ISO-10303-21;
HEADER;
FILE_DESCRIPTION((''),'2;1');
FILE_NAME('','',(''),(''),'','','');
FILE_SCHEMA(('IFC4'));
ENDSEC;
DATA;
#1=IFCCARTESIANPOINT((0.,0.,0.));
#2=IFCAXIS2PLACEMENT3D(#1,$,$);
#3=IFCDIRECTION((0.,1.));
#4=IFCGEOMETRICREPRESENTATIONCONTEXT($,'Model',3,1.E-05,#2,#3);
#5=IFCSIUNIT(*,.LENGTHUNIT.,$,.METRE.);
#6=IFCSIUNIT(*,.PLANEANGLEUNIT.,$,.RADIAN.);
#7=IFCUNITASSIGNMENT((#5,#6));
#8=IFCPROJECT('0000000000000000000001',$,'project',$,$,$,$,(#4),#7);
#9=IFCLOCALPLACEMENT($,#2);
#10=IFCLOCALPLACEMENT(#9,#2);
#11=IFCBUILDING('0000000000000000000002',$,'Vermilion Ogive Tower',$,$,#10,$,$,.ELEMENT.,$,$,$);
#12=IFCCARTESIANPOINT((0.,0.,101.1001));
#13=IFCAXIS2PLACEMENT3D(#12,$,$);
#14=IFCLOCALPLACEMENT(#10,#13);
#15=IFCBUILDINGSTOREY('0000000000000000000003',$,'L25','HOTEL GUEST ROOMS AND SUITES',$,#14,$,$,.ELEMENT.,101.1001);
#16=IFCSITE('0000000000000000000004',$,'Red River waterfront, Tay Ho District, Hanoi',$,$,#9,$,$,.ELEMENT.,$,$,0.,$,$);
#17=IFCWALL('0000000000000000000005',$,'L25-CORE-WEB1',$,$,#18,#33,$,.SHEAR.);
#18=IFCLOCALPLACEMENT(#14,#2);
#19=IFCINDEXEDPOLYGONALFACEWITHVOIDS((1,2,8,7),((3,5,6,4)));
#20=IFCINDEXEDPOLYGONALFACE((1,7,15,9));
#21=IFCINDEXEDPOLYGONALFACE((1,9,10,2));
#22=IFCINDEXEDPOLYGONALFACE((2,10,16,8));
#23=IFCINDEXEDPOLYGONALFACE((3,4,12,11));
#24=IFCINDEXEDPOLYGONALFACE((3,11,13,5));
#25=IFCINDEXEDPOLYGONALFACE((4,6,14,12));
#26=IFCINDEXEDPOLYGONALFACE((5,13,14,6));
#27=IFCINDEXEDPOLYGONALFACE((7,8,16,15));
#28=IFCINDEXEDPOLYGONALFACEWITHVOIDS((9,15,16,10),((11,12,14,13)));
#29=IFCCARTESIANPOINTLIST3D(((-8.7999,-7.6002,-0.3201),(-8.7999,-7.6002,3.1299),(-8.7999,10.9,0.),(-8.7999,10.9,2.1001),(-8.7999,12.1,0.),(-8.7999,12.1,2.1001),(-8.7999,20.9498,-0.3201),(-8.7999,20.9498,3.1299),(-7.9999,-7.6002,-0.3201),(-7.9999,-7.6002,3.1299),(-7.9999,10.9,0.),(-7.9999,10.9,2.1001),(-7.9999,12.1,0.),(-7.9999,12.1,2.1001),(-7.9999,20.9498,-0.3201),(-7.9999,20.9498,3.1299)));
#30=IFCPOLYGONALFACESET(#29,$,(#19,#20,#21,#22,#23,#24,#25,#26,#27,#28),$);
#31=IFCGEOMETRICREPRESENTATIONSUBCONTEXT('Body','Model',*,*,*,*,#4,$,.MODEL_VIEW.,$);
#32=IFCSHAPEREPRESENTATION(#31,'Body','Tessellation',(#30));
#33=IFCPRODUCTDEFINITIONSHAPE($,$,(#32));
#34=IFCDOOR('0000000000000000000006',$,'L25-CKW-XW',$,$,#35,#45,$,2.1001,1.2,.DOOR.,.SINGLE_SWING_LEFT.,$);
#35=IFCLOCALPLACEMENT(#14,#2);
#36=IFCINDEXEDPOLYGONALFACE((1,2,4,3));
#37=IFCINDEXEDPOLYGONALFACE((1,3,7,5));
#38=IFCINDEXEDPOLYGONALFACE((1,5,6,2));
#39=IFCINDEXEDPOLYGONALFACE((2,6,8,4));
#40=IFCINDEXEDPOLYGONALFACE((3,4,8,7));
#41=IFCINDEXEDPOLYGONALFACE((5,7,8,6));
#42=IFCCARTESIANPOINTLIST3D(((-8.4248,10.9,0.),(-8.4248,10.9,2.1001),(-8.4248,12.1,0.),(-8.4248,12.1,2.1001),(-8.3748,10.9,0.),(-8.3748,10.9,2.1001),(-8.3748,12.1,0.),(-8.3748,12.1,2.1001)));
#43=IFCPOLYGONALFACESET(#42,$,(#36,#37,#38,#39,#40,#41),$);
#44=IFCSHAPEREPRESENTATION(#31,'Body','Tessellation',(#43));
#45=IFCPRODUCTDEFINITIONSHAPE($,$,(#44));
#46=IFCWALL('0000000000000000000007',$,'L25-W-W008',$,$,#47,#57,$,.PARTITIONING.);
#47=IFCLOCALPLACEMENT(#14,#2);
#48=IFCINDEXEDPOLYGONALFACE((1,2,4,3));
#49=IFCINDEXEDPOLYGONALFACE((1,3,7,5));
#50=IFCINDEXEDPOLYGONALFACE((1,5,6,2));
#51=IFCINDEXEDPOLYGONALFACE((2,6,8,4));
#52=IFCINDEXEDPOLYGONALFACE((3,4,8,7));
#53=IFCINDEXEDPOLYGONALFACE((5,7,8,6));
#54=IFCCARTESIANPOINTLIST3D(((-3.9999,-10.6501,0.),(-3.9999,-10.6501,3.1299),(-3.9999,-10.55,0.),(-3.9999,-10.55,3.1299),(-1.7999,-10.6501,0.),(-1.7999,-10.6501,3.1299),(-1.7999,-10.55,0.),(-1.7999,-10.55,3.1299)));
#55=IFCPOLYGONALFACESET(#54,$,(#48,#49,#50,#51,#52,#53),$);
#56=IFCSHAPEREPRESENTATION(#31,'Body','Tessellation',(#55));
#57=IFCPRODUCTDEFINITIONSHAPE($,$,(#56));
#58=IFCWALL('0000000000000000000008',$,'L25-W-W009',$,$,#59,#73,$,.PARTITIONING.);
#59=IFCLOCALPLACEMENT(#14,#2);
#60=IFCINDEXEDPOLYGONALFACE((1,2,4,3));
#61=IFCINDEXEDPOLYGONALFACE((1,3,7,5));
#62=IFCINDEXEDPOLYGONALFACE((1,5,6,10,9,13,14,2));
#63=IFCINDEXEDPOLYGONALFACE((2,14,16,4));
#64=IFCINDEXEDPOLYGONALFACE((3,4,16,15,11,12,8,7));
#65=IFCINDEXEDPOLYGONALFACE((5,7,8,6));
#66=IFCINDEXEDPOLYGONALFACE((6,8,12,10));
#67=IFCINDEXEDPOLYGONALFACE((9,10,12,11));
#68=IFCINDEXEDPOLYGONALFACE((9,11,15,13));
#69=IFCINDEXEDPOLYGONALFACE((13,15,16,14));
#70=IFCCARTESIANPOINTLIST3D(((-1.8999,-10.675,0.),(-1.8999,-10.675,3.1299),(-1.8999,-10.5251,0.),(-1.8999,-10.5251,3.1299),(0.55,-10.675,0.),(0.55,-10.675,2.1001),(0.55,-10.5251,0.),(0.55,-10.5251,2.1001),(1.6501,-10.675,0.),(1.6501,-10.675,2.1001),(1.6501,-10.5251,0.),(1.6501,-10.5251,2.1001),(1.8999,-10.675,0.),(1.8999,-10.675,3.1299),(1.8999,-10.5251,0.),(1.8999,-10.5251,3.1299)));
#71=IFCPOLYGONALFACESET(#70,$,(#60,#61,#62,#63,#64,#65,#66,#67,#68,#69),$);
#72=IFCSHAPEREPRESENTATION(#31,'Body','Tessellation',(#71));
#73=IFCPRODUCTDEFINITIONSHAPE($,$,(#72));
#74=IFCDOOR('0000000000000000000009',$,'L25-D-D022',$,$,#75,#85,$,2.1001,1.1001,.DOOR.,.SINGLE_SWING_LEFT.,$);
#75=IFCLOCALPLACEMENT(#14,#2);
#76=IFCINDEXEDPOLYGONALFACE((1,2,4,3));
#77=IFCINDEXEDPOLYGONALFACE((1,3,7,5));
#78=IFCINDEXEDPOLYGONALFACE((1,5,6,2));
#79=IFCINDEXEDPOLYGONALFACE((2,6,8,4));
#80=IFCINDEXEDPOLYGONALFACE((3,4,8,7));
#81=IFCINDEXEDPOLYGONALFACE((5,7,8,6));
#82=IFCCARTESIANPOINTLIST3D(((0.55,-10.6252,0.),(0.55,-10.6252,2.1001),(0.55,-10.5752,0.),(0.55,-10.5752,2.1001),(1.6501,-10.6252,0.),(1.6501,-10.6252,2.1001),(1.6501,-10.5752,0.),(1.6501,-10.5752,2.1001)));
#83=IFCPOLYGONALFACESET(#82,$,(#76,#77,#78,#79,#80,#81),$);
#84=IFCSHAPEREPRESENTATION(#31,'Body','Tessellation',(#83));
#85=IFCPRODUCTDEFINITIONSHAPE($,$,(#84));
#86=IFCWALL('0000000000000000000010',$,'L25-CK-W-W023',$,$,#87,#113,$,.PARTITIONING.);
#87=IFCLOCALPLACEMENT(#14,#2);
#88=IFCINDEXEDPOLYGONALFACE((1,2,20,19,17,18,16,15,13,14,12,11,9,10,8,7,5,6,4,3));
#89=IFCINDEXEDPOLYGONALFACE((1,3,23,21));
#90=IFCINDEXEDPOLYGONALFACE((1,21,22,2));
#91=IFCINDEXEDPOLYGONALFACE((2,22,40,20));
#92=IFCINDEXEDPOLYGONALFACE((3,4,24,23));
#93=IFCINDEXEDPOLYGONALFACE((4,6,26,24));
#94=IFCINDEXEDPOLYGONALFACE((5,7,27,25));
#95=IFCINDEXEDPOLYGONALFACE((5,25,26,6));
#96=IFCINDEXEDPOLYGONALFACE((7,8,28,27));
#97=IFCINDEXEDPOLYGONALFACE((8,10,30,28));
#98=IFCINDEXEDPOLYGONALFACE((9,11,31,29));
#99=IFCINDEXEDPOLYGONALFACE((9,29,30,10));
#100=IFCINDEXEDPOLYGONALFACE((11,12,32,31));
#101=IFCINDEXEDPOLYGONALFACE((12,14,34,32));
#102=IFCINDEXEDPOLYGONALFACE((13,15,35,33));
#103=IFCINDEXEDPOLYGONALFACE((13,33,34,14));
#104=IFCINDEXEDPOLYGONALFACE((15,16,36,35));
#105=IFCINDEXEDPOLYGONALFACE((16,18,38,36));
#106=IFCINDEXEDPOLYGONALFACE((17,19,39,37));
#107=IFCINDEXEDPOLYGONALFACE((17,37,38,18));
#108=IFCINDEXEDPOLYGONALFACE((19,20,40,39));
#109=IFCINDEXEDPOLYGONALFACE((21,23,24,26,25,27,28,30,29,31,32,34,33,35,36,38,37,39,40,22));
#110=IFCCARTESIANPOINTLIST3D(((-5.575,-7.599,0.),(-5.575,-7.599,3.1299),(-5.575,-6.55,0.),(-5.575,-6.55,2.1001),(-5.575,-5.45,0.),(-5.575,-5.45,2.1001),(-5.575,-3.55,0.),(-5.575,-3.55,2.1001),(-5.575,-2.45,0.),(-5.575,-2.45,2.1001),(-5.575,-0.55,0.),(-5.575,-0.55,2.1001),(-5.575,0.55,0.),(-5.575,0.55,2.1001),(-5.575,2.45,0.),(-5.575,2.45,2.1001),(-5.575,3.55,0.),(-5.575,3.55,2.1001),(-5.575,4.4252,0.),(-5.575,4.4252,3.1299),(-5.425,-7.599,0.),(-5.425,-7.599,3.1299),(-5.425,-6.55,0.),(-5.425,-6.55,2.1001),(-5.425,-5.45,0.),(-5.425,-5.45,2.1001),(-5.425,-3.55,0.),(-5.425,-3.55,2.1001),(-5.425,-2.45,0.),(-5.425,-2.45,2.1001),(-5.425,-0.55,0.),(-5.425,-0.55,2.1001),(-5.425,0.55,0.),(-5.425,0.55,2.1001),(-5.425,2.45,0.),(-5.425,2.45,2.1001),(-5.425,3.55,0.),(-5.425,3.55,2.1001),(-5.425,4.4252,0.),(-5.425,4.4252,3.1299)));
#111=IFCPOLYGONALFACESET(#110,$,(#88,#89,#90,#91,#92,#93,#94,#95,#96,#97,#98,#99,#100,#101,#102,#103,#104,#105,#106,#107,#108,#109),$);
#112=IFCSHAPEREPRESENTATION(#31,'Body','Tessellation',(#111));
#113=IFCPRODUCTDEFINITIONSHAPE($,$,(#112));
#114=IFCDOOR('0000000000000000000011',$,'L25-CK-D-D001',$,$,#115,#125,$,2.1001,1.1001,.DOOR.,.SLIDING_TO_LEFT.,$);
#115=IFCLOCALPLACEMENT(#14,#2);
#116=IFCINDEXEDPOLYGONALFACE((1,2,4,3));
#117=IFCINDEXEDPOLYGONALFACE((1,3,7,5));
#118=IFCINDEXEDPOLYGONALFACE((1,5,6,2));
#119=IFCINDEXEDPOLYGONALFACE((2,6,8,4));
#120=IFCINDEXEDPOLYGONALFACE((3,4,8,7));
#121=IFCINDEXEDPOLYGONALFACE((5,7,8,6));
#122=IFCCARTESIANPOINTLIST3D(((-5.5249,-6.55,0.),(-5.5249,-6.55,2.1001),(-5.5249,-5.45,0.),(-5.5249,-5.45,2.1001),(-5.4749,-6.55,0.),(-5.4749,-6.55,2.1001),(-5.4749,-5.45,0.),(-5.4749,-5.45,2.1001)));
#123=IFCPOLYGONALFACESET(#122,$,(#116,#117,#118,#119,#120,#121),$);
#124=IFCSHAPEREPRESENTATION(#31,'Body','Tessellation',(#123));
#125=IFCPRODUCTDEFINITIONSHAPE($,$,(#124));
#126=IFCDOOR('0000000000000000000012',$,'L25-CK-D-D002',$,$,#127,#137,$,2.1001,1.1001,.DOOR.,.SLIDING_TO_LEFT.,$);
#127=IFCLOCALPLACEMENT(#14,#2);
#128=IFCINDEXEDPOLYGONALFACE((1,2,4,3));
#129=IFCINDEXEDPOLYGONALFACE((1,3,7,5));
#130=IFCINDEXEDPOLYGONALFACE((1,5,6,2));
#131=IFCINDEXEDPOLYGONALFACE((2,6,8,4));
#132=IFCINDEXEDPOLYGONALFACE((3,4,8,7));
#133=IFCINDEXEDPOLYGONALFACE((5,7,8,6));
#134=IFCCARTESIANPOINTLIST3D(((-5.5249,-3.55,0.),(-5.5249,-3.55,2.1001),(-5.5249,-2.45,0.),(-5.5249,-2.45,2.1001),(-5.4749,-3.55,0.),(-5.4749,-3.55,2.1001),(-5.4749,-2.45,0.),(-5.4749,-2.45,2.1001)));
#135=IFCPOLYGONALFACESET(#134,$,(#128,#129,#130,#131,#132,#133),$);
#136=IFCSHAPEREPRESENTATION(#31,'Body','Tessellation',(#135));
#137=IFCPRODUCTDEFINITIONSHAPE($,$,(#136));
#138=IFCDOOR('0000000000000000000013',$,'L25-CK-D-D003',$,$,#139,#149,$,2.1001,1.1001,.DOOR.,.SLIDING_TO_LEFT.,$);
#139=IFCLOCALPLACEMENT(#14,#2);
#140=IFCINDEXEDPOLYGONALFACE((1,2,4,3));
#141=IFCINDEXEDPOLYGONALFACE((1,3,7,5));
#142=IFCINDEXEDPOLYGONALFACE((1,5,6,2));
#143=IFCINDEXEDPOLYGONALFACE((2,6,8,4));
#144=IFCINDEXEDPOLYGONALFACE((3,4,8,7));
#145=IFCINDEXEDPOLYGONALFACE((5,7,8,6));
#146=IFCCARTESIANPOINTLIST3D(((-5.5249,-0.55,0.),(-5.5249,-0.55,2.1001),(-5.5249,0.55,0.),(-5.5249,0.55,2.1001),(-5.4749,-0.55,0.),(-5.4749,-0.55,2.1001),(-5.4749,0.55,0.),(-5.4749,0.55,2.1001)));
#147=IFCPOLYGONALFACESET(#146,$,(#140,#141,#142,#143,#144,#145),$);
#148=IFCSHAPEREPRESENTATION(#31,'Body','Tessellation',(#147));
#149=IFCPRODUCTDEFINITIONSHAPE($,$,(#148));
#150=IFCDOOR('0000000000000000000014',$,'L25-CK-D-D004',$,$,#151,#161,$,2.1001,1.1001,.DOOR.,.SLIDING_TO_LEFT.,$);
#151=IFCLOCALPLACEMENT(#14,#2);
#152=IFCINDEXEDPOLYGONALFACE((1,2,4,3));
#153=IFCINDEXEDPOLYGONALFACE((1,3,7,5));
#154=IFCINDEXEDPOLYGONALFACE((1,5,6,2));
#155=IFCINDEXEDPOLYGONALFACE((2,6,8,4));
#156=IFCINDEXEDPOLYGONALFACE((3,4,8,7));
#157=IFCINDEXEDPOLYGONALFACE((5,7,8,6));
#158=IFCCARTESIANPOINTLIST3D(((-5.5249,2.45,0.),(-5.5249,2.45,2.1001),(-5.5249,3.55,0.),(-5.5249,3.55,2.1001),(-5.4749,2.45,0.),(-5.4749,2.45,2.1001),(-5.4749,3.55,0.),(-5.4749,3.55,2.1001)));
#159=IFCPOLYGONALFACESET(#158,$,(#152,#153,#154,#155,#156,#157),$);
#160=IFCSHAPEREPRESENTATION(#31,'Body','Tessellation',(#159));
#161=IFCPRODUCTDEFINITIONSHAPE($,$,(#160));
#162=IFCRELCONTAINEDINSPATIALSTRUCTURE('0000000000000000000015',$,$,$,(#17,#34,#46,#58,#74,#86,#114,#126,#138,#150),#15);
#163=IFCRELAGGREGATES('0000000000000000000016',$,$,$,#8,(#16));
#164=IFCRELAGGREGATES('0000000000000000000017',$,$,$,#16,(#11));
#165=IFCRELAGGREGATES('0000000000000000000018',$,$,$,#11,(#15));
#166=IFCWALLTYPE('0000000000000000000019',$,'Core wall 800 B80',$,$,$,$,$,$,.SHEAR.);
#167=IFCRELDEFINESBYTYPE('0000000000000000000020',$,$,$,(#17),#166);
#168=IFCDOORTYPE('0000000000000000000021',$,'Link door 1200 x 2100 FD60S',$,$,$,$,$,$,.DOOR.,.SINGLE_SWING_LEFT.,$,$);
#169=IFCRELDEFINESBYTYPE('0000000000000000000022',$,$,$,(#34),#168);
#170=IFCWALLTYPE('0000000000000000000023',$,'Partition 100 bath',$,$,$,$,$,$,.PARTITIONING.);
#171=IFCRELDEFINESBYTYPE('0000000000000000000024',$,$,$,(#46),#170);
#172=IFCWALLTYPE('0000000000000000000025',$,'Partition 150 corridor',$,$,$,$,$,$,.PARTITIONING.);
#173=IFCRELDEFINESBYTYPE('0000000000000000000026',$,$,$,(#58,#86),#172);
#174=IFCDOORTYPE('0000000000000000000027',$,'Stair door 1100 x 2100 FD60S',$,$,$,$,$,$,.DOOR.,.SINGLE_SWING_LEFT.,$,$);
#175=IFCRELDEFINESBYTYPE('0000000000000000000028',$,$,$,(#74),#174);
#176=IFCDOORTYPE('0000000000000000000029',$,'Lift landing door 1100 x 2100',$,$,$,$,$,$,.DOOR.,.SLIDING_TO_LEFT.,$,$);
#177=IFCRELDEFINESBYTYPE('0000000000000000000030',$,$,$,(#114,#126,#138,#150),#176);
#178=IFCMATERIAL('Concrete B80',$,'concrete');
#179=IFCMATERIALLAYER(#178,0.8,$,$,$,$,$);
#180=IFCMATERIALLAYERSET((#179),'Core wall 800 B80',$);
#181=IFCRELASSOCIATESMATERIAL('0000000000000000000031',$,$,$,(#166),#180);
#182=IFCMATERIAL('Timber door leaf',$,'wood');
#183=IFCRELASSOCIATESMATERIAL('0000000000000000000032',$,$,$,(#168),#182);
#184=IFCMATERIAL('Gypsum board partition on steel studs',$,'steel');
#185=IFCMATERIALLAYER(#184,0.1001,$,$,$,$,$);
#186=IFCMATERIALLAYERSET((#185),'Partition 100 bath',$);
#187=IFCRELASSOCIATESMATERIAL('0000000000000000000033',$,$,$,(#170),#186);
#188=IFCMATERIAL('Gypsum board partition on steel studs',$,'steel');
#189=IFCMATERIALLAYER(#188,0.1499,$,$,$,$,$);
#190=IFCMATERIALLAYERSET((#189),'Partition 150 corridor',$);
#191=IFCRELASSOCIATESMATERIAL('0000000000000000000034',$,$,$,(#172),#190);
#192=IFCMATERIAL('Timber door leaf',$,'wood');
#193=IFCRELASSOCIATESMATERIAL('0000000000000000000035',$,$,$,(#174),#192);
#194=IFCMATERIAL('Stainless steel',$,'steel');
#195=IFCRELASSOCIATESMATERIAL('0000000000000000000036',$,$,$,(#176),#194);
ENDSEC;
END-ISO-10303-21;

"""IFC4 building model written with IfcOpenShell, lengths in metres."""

from ifc_helpers import new_model, si_unit, direction, frame, frame_2d, origin, place, context, subcontext, project, spatial, rectangle, extrude, material, layer, layer_set, type_object, element, fill, save


model = new_model("IFC4")

# Units and contexts
model_context = context("Model", 3, precision=1e-05, world=origin(), true_north=direction((0.0, 1.0)))
body_context = subcontext(model_context, "Body", "Model", "MODEL_VIEW")
ifc_project = project(units=[si_unit("LENGTHUNIT", "METRE"), si_unit("PLANEANGLEUNIT", "RADIAN")], contexts=[model_context])

# Site, building, storey
site_placement = place(None, origin())
site = spatial("IfcSite", under=ifc_project, at=site_placement, Name="Red River waterfront, Tay Ho District, Hanoi", CompositionType="ELEMENT", RefElevation=0.0)
building_placement = place(site_placement, origin())
building = spatial("IfcBuilding", under=site, at=building_placement, Name="Vermilion Ogive Tower", CompositionType="ELEMENT")
storey_placement = place(building_placement, frame((0.0, 0.0, 101.1001)))
storey = spatial("IfcBuildingStorey", under=building, at=storey_placement, Name="L25", Description="HOTEL GUEST ROOMS AND SUITES", CompositionType="ELEMENT", Elevation=101.1001)

# Wall, opening, door
ifc_material_1 = material(Name="Concrete B80", Category="concrete")
ifc_layer_1 = layer(ifc_material_1, 0.8)
ifc_layer_set_1 = layer_set([ifc_layer_1], Name="Core wall 800 B80")
wall_type_1 = type_object("IfcWallType", Name="Core wall 800 B80", PredefinedType="SHEAR", material=ifc_layer_set_1)
wall_1_placement = place(storey_placement, frame((-8.3999, -7.6001, -0.3201), z_axis=(0.0, 0.0, 1.0), x_axis=(0.0, 1.0, 0.0)))
wall_1 = element("IfcWall", 1, at=wall_1_placement, inside=storey, type_object=wall_type_1, Name="L25-CORE-WEB1", PredefinedType="SHEAR", context=body_context, shape_type="SweptSolid", body=[
    extrude(rectangle(XDim=28.55, YDim=0.8, at=frame_2d((14.2749, 0.0))), origin(), (0.0, 0.0, 1.0), 3.45),
])
opening_1_placement = place(wall_1_placement, frame((18.5, 0.0, 0.3201)))
opening_1 = element("IfcOpeningElement", 2, at=opening_1_placement, cuts=wall_1, PredefinedType="OPENING", context=body_context, shape_type="SweptSolid", body=[
    extrude(rectangle(XDim=1.2, YDim=2.1001, at=frame_2d((0.6001, 1.05))), frame((0.0, 0.4099, 0.0), z_axis=(0.0, -1.0, 0.0), x_axis=(1.0, 0.0, 0.0)), (0.0, 0.0, 1.0), 0.8201),
])
ifc_material_2 = material(Name="Timber door leaf", Category="wood")
door_type_1 = type_object("IfcDoorType", Name="Link door 1200 x 2100 FD60S", OperationType="SINGLE_SWING_LEFT", PredefinedType="DOOR", material=ifc_material_2)
door_1_placement = place(opening_1_placement, origin())
door_1 = element("IfcDoor", 3, at=door_1_placement, inside=storey, type_object=door_type_1, Name="L25-CKW-XW", OperationType="SINGLE_SWING_LEFT", OverallHeight=2.1001, OverallWidth=1.2, PredefinedType="DOOR", context=body_context, shape_type="SweptSolid", body=[
    extrude(rectangle(XDim=1.2, YDim=2.1001, at=frame_2d((0.6001, 1.05))), frame((0.0, 0.0249, 0.0), z_axis=(0.0, -1.0, 0.0), x_axis=(1.0, 0.0, 0.0)), (0.0, 0.0, 1.0), 0.05),
])
fill(opening_1, door_1)

# Wall
ifc_material_3 = material(Name="Gypsum board partition on steel studs", Category="steel")
ifc_layer_2 = layer(ifc_material_3, 0.1001)
ifc_layer_set_2 = layer_set([ifc_layer_2], Name="Partition 100 bath")
wall_type_2 = type_object("IfcWallType", Name="Partition 100 bath", PredefinedType="PARTITIONING", material=ifc_layer_set_2)
wall_2_placement = place(storey_placement, frame((-4.0, -10.6001, 0.0), z_axis=(0.0, 0.0, 1.0), x_axis=(1.0, 0.0, 0.0)))
element("IfcWall", 4, at=wall_2_placement, inside=storey, type_object=wall_type_2, Name="L25-W-W008", PredefinedType="PARTITIONING", context=body_context, shape_type="SweptSolid", body=[
    extrude(rectangle(XDim=2.2, YDim=0.1001, at=frame_2d((1.1001, 0.0))), origin(), (0.0, 0.0, 1.0), 3.1299),
])

# Wall, opening, door
ifc_material_4 = material(Name="Gypsum board partition on steel studs", Category="steel")
ifc_layer_3 = layer(ifc_material_4, 0.1499)
ifc_layer_set_3 = layer_set([ifc_layer_3], Name="Partition 150 corridor")
wall_type_3 = type_object("IfcWallType", Name="Partition 150 corridor", PredefinedType="PARTITIONING", material=ifc_layer_set_3)
wall_3_placement = place(storey_placement, frame((-1.8999, -10.6001, 0.0), z_axis=(0.0, 0.0, 1.0), x_axis=(1.0, 0.0, 0.0)))
wall_3 = element("IfcWall", 5, at=wall_3_placement, inside=storey, type_object=wall_type_3, Name="L25-W-W009", PredefinedType="PARTITIONING", context=body_context, shape_type="SweptSolid", body=[
    extrude(rectangle(XDim=3.7998, YDim=0.1499, at=frame_2d((1.8999, 0.0))), origin(), (0.0, 0.0, 1.0), 3.1299),
])
opening_2_placement = place(wall_3_placement, frame((2.45, 0.0, 0.0)))
opening_2 = element("IfcOpeningElement", 6, at=opening_2_placement, cuts=wall_3, PredefinedType="OPENING", context=body_context, shape_type="SweptSolid", body=[
    extrude(rectangle(XDim=1.1001, YDim=2.1001, at=frame_2d((0.55, 1.05))), frame((0.0, 0.085, 0.0), z_axis=(0.0, -1.0, 0.0), x_axis=(1.0, 0.0, 0.0)), (0.0, 0.0, 1.0), 0.1699),
])
ifc_material_5 = material(Name="Timber door leaf", Category="wood")
door_type_2 = type_object("IfcDoorType", Name="Stair door 1100 x 2100 FD60S", OperationType="SINGLE_SWING_LEFT", PredefinedType="DOOR", material=ifc_material_5)
door_2_placement = place(opening_2_placement, origin())
door_2 = element("IfcDoor", 7, at=door_2_placement, inside=storey, type_object=door_type_2, Name="L25-D-D022", OperationType="SINGLE_SWING_LEFT", OverallHeight=2.1001, OverallWidth=1.1001, PredefinedType="DOOR", context=body_context, shape_type="SweptSolid", body=[
    extrude(rectangle(XDim=1.1001, YDim=2.1001, at=frame_2d((0.55, 1.05))), frame((0.0, 0.0249, 0.0), z_axis=(0.0, -1.0, 0.0), x_axis=(1.0, 0.0, 0.0)), (0.0, 0.0, 1.0), 0.05),
])
fill(opening_2, door_2)

# Wall, openings, doors
wall_4_placement = place(storey_placement, frame((-5.5, -7.5991, 0.0), z_axis=(0.0, 0.0, 1.0), x_axis=(0.0, 1.0, 0.0)))
wall_4 = element("IfcWall", 8, at=wall_4_placement, inside=storey, type_object=wall_type_3, Name="L25-CK-W-W023", PredefinedType="PARTITIONING", context=body_context, shape_type="SweptSolid", body=[
    extrude(rectangle(XDim=12.0242, YDim=0.1499, at=frame_2d((6.0122, 0.0))), origin(), (0.0, 0.0, 1.0), 3.1299),
])
opening_3_placement = place(wall_4_placement, frame((1.0491, 0.0, 0.0)))
opening_3 = element("IfcOpeningElement", 9, at=opening_3_placement, cuts=wall_4, PredefinedType="OPENING", context=body_context, shape_type="SweptSolid", body=[
    extrude(rectangle(XDim=1.1001, YDim=2.1001, at=frame_2d((0.55, 1.05))), frame((0.0, 0.085, 0.0), z_axis=(0.0, -1.0, 0.0), x_axis=(1.0, 0.0, 0.0)), (0.0, 0.0, 1.0), 0.1699),
])
opening_4_placement = place(wall_4_placement, frame((4.0491, 0.0, 0.0)))
opening_4 = element("IfcOpeningElement", 10, at=opening_4_placement, cuts=wall_4, PredefinedType="OPENING", context=body_context, shape_type="SweptSolid", body=[
    extrude(rectangle(XDim=1.1001, YDim=2.1001, at=frame_2d((0.55, 1.05))), frame((0.0, 0.085, 0.0), z_axis=(0.0, -1.0, 0.0), x_axis=(1.0, 0.0, 0.0)), (0.0, 0.0, 1.0), 0.1699),
])
opening_5_placement = place(wall_4_placement, frame((7.0491, 0.0, 0.0)))
opening_5 = element("IfcOpeningElement", 11, at=opening_5_placement, cuts=wall_4, PredefinedType="OPENING", context=body_context, shape_type="SweptSolid", body=[
    extrude(rectangle(XDim=1.1001, YDim=2.1001, at=frame_2d((0.55, 1.05))), frame((0.0, 0.085, 0.0), z_axis=(0.0, -1.0, 0.0), x_axis=(1.0, 0.0, 0.0)), (0.0, 0.0, 1.0), 0.1699),
])
opening_6_placement = place(wall_4_placement, frame((10.0491, 0.0, 0.0)))
opening_6 = element("IfcOpeningElement", 12, at=opening_6_placement, cuts=wall_4, PredefinedType="OPENING", context=body_context, shape_type="SweptSolid", body=[
    extrude(rectangle(XDim=1.1001, YDim=2.1001, at=frame_2d((0.55, 1.05))), frame((0.0, 0.085, 0.0), z_axis=(0.0, -1.0, 0.0), x_axis=(1.0, 0.0, 0.0)), (0.0, 0.0, 1.0), 0.1699),
])
ifc_material_6 = material(Name="Stainless steel", Category="steel")
door_type_3 = type_object("IfcDoorType", Name="Lift landing door 1100 x 2100", OperationType="SLIDING_TO_LEFT", PredefinedType="DOOR", material=ifc_material_6)
door_3_placement = place(opening_3_placement, origin())
door_3 = element("IfcDoor", 13, at=door_3_placement, inside=storey, type_object=door_type_3, Name="L25-CK-D-D001", OperationType="SLIDING_TO_LEFT", OverallHeight=2.1001, OverallWidth=1.1001, PredefinedType="DOOR", context=body_context, shape_type="SweptSolid", body=[
    extrude(rectangle(XDim=1.1001, YDim=2.1001, at=frame_2d((0.55, 1.05))), frame((0.0, 0.0249, 0.0), z_axis=(0.0, -1.0, 0.0), x_axis=(1.0, 0.0, 0.0)), (0.0, 0.0, 1.0), 0.05),
])
fill(opening_3, door_3)
door_4_placement = place(opening_4_placement, origin())
door_4 = element("IfcDoor", 14, at=door_4_placement, inside=storey, type_object=door_type_3, Name="L25-CK-D-D002", OperationType="SLIDING_TO_LEFT", OverallHeight=2.1001, OverallWidth=1.1001, PredefinedType="DOOR", context=body_context, shape_type="SweptSolid", body=[
    extrude(rectangle(XDim=1.1001, YDim=2.1001, at=frame_2d((0.55, 1.05))), frame((0.0, 0.0249, 0.0), z_axis=(0.0, -1.0, 0.0), x_axis=(1.0, 0.0, 0.0)), (0.0, 0.0, 1.0), 0.05),
])
fill(opening_4, door_4)
door_5_placement = place(opening_5_placement, origin())
door_5 = element("IfcDoor", 15, at=door_5_placement, inside=storey, type_object=door_type_3, Name="L25-CK-D-D003", OperationType="SLIDING_TO_LEFT", OverallHeight=2.1001, OverallWidth=1.1001, PredefinedType="DOOR", context=body_context, shape_type="SweptSolid", body=[
    extrude(rectangle(XDim=1.1001, YDim=2.1001, at=frame_2d((0.55, 1.05))), frame((0.0, 0.0249, 0.0), z_axis=(0.0, -1.0, 0.0), x_axis=(1.0, 0.0, 0.0)), (0.0, 0.0, 1.0), 0.05),
])
fill(opening_5, door_5)
door_6_placement = place(opening_6_placement, origin())
door_6 = element("IfcDoor", 16, at=door_6_placement, inside=storey, type_object=door_type_3, Name="L25-CK-D-D004", OperationType="SLIDING_TO_LEFT", OverallHeight=2.1001, OverallWidth=1.1001, PredefinedType="DOOR", context=body_context, shape_type="SweptSolid", body=[
    extrude(rectangle(XDim=1.1001, YDim=2.1001, at=frame_2d((0.55, 1.05))), frame((0.0, 0.0249, 0.0), z_axis=(0.0, -1.0, 0.0), x_axis=(1.0, 0.0, 0.0)), (0.0, 0.0, 1.0), 0.05),
])
fill(opening_6, door_6)

save(model, "model.ifc")
